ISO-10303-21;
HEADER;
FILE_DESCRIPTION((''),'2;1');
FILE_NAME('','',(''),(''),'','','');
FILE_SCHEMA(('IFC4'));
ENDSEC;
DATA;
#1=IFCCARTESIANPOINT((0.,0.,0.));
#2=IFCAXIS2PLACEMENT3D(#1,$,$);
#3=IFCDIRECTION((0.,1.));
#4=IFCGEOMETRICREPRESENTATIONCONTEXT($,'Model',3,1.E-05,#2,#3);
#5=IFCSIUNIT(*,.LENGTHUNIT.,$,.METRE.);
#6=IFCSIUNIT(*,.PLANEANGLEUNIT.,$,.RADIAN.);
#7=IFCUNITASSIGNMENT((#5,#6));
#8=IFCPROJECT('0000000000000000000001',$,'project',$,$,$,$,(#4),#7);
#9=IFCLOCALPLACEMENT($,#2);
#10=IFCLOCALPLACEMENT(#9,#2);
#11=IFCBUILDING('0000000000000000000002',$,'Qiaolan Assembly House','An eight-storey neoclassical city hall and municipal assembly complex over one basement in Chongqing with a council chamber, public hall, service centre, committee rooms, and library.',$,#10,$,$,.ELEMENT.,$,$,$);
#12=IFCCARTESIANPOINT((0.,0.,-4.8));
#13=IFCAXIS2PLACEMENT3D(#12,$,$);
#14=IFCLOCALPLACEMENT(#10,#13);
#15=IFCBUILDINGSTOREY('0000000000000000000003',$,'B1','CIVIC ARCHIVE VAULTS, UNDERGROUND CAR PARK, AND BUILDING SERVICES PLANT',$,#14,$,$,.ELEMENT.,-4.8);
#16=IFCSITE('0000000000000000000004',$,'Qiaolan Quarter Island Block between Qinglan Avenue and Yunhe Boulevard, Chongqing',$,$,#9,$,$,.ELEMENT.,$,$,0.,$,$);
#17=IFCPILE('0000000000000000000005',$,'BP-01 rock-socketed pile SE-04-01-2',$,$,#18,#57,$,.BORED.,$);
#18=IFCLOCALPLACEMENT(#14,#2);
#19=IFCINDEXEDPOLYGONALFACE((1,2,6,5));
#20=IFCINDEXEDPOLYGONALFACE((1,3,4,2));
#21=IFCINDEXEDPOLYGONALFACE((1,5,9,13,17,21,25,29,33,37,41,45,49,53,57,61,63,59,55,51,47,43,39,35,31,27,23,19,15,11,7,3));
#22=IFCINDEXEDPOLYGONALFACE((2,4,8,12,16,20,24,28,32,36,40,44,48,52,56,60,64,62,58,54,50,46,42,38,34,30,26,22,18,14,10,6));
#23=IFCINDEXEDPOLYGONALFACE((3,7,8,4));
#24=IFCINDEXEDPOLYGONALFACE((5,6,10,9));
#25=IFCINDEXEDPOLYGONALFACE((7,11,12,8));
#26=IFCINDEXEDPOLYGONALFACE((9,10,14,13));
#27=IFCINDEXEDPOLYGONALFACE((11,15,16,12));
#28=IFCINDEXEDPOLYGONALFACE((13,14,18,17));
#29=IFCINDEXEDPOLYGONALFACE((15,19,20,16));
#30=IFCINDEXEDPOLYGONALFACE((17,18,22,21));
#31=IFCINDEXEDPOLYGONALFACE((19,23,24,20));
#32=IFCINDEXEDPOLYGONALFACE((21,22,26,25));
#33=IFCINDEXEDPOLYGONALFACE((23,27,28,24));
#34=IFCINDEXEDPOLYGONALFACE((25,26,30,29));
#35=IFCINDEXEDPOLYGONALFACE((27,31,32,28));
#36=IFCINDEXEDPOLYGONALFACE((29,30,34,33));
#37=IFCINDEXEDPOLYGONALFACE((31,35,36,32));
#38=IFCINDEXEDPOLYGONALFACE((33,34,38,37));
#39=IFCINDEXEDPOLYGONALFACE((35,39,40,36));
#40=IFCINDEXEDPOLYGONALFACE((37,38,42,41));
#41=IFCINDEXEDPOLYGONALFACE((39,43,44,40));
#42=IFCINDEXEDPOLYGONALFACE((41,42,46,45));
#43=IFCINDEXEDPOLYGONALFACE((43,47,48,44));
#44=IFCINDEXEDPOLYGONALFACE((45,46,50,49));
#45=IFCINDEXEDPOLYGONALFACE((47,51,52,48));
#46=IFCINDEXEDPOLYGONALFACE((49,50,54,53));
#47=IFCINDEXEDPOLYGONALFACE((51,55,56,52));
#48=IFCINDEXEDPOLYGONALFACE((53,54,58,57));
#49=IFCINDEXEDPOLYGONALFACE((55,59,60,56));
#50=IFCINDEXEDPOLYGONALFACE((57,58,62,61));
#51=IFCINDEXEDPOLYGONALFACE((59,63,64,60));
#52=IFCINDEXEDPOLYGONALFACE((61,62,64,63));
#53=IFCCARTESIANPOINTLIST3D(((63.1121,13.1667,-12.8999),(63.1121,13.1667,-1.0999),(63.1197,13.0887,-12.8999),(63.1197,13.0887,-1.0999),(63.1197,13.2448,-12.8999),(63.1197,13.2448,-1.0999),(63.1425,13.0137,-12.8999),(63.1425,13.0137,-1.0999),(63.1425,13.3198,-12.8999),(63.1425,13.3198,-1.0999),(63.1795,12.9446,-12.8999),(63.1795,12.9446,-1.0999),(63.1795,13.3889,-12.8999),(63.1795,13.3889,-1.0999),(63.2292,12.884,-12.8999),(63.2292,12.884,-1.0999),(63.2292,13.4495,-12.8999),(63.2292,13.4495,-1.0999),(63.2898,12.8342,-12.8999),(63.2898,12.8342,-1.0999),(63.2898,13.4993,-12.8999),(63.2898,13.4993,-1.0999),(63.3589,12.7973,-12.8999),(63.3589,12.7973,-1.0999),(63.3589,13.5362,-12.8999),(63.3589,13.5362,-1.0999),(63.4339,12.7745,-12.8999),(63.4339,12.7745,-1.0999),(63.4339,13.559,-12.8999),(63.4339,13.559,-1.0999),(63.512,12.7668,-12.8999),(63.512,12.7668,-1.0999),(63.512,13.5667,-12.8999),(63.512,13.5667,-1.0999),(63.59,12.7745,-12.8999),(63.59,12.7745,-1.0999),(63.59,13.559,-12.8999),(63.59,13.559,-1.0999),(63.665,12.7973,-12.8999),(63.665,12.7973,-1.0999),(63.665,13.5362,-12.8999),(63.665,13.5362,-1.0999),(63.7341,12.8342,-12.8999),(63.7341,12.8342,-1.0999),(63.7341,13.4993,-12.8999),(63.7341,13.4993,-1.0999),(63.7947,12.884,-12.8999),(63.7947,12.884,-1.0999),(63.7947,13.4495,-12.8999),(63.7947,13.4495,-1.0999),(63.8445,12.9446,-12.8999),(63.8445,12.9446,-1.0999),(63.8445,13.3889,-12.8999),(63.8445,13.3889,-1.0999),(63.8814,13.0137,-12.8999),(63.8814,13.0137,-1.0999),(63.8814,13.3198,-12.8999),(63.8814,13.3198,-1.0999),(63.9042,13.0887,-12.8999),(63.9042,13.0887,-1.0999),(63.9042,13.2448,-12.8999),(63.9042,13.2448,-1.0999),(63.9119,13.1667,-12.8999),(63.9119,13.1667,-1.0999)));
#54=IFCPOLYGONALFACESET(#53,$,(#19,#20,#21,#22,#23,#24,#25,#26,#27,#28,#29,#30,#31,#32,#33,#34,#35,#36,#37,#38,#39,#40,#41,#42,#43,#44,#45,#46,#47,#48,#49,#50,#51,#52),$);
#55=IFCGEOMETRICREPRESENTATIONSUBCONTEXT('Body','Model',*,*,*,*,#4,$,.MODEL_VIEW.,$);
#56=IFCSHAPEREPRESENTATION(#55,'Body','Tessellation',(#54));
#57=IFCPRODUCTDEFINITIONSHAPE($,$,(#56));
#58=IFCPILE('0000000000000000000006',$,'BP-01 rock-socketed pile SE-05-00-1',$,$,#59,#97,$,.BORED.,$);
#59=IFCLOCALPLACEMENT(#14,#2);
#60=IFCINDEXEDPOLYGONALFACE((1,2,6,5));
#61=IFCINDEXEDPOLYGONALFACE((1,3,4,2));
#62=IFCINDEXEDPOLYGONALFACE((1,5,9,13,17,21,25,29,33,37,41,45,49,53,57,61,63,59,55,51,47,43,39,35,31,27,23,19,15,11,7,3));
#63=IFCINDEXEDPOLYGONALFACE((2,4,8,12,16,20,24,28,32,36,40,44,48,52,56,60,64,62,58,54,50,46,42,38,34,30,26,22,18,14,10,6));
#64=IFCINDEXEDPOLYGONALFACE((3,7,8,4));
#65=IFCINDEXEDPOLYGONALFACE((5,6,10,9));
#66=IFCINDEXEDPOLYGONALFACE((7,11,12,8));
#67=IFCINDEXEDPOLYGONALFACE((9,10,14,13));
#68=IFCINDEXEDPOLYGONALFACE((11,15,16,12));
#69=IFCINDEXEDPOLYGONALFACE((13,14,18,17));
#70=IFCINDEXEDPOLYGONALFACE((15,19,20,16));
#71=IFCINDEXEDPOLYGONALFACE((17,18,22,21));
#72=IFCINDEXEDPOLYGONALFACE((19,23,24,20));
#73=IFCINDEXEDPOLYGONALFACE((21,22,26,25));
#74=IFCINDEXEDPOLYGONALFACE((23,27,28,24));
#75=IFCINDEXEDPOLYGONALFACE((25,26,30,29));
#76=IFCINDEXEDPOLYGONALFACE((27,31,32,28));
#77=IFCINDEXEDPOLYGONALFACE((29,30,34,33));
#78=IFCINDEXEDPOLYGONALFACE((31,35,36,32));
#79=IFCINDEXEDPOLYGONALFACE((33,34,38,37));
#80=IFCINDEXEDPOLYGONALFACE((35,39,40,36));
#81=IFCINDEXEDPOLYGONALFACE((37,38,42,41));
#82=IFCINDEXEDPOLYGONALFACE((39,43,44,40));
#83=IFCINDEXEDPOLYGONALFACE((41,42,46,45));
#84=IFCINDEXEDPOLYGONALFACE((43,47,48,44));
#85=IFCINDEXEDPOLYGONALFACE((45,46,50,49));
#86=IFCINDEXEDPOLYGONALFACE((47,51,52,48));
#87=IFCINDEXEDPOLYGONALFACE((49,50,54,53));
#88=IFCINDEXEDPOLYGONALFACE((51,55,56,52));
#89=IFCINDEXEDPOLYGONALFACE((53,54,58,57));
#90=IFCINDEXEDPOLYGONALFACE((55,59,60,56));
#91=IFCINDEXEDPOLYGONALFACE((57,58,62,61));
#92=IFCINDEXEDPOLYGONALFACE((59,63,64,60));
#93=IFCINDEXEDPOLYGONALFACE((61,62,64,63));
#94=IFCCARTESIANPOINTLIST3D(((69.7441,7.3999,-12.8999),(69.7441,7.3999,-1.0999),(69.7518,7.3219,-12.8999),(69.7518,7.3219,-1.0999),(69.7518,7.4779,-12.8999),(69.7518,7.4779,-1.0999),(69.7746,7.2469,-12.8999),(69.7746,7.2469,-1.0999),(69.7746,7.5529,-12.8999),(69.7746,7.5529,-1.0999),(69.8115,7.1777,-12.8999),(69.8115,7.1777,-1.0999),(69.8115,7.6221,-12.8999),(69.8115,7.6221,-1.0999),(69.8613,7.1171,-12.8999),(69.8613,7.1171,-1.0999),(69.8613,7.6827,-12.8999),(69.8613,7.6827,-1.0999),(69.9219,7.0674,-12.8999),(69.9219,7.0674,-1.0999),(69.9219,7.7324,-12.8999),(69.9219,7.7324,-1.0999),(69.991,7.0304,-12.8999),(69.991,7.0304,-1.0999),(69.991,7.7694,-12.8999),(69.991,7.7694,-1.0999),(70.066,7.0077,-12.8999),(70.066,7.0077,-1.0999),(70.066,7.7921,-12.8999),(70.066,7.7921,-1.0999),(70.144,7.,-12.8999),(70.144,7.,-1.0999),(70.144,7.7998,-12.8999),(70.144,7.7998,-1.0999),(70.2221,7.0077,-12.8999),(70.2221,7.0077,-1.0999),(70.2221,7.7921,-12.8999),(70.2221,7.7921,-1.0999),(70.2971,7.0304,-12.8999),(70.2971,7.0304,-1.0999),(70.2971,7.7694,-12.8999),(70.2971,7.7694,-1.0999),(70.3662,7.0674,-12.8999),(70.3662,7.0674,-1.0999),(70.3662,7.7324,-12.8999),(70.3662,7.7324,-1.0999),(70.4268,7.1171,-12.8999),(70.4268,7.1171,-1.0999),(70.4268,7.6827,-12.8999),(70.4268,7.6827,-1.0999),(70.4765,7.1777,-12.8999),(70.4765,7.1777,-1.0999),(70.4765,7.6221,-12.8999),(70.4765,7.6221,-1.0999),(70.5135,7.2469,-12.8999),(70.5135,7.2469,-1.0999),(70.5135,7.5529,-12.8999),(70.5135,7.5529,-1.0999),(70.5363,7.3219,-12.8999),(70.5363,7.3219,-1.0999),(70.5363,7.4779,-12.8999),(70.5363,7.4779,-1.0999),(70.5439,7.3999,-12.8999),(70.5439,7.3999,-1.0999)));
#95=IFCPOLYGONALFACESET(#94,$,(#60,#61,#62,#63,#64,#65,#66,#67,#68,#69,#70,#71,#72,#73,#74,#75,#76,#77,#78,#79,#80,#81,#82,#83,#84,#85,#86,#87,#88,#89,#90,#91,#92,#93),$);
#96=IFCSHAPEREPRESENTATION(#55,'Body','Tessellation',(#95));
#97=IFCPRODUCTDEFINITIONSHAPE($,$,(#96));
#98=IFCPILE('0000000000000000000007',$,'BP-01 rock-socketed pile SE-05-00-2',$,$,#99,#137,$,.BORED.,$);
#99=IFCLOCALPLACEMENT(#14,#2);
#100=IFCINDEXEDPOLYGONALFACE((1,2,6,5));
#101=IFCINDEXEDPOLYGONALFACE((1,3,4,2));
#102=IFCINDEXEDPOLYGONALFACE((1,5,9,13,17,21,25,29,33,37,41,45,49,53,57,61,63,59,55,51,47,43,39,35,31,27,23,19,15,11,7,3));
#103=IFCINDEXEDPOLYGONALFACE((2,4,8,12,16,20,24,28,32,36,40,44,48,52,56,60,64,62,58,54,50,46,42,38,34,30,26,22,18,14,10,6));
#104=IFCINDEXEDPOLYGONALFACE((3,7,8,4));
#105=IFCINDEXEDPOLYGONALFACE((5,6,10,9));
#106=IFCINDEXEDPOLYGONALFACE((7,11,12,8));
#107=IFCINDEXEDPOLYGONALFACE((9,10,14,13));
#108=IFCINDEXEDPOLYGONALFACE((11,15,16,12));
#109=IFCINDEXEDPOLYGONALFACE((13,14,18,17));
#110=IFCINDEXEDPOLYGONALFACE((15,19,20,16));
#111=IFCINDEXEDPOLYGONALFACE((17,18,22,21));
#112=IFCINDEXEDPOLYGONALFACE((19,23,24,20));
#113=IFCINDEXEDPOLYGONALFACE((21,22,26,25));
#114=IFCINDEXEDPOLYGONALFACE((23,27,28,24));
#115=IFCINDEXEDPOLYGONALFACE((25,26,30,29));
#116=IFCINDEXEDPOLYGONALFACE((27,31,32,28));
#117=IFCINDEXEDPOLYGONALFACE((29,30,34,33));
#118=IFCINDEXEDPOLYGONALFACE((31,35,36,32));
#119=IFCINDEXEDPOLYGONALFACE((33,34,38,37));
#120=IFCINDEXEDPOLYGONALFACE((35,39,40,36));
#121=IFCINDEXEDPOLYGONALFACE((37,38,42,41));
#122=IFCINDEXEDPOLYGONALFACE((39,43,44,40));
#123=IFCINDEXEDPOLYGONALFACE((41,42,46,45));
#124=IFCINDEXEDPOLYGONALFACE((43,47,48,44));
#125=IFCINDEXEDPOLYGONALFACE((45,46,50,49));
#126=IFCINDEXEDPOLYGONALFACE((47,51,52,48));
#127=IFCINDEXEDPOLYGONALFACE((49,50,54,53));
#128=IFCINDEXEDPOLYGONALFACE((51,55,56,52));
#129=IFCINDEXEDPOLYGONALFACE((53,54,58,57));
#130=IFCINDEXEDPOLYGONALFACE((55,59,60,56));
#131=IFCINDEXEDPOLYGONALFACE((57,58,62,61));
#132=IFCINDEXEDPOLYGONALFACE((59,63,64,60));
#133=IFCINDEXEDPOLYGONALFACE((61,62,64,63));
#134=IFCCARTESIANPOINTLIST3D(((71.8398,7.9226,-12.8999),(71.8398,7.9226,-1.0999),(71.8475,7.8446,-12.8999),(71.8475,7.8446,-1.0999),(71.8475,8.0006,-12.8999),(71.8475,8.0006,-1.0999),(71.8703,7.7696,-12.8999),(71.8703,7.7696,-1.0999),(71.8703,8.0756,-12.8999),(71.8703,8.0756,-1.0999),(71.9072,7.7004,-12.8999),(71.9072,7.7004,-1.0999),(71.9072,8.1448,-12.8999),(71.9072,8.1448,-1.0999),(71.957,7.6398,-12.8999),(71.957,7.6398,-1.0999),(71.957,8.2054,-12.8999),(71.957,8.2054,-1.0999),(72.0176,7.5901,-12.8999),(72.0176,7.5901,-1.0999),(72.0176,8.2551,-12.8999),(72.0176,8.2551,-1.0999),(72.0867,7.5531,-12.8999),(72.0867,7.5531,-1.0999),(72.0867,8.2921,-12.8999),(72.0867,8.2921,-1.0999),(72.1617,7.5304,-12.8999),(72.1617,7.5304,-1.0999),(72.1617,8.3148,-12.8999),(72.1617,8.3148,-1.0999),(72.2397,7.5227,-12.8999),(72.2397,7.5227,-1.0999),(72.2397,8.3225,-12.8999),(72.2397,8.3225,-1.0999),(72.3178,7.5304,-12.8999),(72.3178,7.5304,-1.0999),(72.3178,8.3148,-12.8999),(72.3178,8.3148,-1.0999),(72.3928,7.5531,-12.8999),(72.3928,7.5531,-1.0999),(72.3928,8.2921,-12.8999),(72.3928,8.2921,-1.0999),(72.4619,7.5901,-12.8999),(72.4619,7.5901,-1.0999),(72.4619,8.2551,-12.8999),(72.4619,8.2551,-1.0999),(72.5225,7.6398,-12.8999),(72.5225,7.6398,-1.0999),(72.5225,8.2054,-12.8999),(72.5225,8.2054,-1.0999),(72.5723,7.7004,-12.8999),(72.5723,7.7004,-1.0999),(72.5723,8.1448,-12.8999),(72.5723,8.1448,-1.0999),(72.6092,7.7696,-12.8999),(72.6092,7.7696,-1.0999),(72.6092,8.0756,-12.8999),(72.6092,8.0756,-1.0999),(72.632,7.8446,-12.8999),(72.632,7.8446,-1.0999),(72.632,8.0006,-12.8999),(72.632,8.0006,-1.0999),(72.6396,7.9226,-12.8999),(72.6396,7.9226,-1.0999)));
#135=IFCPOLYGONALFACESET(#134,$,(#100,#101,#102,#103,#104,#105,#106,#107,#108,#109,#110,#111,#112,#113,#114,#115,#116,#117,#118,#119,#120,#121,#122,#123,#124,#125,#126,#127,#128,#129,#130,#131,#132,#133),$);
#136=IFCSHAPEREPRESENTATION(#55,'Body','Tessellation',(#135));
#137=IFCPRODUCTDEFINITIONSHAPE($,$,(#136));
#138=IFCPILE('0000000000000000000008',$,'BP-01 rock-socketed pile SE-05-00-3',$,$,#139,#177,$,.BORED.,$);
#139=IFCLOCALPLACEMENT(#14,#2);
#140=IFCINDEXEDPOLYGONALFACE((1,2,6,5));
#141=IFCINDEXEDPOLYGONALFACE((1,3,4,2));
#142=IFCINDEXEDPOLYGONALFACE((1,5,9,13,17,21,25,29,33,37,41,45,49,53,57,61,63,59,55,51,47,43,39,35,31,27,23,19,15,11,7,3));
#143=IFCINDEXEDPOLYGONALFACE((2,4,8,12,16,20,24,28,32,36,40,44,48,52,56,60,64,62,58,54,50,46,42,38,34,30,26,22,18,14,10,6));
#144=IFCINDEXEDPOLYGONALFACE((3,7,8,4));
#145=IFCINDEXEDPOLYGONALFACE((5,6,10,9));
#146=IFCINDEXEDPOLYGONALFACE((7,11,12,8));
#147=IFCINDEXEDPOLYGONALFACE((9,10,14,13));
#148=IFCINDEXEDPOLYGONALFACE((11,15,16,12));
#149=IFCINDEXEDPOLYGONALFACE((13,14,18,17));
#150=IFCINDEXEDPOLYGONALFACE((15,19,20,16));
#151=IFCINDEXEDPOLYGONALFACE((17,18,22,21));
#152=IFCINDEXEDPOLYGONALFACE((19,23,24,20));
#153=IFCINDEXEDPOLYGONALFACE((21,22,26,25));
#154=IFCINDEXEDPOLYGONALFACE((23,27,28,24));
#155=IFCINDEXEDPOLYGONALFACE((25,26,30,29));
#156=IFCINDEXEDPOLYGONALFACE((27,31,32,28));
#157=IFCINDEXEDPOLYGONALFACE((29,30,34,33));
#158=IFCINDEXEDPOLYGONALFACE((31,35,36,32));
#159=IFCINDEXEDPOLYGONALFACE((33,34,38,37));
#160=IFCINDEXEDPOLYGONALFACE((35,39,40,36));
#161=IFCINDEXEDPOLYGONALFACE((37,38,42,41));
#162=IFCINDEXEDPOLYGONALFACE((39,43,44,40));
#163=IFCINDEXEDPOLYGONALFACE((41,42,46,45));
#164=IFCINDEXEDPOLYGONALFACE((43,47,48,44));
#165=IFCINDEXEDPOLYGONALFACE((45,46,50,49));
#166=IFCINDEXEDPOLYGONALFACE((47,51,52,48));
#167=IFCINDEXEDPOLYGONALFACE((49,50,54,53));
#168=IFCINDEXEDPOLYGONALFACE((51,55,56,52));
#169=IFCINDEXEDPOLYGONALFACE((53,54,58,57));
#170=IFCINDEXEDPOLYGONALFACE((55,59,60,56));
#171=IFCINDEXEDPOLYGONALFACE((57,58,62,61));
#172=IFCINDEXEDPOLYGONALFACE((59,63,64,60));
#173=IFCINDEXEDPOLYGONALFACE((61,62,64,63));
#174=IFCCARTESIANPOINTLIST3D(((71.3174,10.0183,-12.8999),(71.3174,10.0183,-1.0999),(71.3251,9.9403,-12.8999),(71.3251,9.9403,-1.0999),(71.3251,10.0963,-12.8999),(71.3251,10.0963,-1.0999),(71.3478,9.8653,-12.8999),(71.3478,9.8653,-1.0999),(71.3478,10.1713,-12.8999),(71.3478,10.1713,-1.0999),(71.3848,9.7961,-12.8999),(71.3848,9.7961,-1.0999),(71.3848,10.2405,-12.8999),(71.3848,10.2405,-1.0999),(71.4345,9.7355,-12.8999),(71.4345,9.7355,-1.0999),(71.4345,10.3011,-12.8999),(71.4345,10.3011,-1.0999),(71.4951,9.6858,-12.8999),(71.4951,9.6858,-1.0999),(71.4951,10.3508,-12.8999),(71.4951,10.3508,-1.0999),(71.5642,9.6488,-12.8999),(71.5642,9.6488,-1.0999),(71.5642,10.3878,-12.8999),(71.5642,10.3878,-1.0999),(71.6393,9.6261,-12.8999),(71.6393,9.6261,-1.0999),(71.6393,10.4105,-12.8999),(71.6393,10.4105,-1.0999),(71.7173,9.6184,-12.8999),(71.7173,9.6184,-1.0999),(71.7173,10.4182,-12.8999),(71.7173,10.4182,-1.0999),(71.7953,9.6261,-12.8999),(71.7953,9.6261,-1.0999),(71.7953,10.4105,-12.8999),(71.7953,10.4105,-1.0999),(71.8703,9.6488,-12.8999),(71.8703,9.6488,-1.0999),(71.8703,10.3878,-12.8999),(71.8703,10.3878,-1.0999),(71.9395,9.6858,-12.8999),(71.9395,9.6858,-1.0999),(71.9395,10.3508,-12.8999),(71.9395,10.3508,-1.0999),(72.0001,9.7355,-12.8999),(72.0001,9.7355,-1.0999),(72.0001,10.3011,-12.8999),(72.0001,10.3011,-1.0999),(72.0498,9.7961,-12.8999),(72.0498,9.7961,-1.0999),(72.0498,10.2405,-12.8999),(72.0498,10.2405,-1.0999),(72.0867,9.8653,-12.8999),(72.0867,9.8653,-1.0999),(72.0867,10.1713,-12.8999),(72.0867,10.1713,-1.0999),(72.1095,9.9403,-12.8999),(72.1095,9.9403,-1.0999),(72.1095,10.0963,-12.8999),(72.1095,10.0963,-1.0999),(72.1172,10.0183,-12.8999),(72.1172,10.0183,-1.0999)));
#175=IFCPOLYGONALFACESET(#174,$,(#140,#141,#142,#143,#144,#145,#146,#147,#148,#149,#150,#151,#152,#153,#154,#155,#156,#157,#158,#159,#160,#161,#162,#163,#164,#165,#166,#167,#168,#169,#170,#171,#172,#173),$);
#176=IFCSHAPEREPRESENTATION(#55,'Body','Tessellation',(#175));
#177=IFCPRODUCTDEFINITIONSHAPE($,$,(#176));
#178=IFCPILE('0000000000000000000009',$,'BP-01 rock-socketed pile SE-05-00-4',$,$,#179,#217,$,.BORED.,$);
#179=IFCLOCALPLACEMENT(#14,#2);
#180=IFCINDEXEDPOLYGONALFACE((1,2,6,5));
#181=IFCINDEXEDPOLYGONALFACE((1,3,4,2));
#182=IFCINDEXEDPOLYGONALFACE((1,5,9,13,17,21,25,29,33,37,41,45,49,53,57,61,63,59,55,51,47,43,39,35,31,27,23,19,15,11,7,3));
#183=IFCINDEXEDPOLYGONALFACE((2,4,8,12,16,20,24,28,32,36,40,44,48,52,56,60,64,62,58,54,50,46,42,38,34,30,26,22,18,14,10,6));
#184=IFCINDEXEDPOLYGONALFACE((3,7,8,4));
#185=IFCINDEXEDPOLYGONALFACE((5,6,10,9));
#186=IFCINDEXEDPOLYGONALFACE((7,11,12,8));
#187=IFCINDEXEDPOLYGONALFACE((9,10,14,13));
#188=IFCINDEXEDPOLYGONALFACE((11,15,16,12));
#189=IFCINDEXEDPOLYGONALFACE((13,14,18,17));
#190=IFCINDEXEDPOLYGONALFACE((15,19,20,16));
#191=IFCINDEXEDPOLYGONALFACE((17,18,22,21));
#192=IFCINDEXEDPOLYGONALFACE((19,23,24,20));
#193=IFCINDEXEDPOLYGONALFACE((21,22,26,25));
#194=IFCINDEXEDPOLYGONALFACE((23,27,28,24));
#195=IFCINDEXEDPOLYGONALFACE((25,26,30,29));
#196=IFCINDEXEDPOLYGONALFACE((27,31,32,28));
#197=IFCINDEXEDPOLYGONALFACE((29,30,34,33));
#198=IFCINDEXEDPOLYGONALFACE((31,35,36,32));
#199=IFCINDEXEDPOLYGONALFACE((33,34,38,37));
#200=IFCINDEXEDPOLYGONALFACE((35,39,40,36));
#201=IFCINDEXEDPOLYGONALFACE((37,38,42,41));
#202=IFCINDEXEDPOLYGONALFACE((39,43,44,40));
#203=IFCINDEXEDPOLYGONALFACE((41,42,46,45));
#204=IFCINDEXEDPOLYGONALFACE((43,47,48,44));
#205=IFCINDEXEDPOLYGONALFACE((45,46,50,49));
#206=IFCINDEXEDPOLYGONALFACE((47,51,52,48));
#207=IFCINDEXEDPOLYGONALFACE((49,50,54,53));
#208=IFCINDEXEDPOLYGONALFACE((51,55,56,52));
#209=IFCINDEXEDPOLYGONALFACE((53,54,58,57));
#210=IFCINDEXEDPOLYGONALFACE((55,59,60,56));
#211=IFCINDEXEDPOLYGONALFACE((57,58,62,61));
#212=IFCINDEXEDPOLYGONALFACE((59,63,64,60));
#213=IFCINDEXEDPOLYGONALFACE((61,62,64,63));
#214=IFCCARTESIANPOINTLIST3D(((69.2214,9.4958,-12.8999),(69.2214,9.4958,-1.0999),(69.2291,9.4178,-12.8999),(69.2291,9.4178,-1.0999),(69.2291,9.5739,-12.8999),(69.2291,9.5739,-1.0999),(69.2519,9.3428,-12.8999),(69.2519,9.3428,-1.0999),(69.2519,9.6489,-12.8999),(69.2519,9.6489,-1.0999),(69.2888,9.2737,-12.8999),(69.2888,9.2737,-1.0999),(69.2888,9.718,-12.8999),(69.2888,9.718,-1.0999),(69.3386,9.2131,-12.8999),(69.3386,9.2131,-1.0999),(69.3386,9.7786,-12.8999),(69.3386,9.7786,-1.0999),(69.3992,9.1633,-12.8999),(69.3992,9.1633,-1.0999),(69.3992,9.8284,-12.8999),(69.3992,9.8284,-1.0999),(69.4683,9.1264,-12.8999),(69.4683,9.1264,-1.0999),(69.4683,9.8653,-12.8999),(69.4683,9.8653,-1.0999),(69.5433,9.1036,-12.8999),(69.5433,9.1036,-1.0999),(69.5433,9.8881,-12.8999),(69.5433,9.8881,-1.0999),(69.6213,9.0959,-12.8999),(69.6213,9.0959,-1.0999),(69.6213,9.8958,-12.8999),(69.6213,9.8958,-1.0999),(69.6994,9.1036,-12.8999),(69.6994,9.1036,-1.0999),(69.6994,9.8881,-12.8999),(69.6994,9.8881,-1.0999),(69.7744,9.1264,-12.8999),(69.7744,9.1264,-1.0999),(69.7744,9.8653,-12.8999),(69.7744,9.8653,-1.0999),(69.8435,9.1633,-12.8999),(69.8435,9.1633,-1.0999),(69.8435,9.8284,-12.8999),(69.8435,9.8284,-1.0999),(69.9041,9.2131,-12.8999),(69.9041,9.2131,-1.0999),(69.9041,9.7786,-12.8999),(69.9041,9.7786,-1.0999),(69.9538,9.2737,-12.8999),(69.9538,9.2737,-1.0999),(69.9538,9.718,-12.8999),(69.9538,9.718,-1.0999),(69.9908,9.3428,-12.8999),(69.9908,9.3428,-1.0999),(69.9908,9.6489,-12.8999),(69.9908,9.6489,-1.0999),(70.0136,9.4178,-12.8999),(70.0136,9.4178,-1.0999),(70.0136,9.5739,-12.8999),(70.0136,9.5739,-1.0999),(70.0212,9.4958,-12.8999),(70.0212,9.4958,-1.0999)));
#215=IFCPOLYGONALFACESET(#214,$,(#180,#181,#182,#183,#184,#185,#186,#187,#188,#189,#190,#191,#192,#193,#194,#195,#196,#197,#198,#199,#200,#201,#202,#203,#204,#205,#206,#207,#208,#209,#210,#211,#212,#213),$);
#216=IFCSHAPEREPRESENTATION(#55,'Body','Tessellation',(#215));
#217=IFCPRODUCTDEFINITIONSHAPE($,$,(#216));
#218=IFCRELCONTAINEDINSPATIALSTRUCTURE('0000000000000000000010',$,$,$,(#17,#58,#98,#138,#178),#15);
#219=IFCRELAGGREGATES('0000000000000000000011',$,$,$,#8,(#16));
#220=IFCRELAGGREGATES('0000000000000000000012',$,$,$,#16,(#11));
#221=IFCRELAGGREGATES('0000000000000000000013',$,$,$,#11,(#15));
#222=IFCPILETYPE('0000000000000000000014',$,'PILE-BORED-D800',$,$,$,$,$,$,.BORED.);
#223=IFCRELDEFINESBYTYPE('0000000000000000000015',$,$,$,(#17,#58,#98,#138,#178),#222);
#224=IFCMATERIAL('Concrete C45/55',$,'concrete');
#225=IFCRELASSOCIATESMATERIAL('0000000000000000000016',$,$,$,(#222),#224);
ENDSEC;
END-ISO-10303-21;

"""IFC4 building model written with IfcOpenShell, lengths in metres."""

from ifc_helpers import new_model, si_unit, direction, frame, origin, origin_2d, place, context, subcontext, project, spatial, circle, extrude, material, material_profile, profile_set, type_object, element, save


model = new_model("IFC4")

# Units and contexts
model_context = context("Model", 3, precision=1e-05, world=origin(), true_north=direction((0.0, 1.0)))
body_context = subcontext(model_context, "Body", "Model", "MODEL_VIEW")
ifc_project = project(units=[si_unit("LENGTHUNIT", "METRE"), si_unit("PLANEANGLEUNIT", "RADIAN")], contexts=[model_context])

# Site, building, storey
site_placement = place(None, origin())
site = spatial("IfcSite", under=ifc_project, at=site_placement, Name="Qiaolan Quarter Island Block between Qinglan Avenue and Yunhe Boulevard, Chongqing", CompositionType="ELEMENT", RefElevation=0.0)
building_placement = place(site_placement, origin())
building = spatial("IfcBuilding", under=site, at=building_placement, Name="Qiaolan Assembly House", Description="An eight-storey neoclassical city hall and municipal assembly complex over one basement in Chongqing with a council chamber, public hall, service centre, committee rooms, and library.", CompositionType="ELEMENT")
storey_placement = place(building_placement, frame((0.0, 0.0, -4.8)))
storey = spatial("IfcBuildingStorey", under=building, at=storey_placement, Name="B1", Description="CIVIC ARCHIVE VAULTS, UNDERGROUND CAR PARK, AND BUILDING SERVICES PLANT", CompositionType="ELEMENT", Elevation=-4.8)

# Piles
ifc_material_1 = material(Name="Concrete C45/55", Category="concrete")
ifc_material_profile_1 = material_profile(ifc_material_1, circle(Radius=0.3999, at=origin_2d()), Name="PILE D800")
ifc_profile_set_1 = profile_set([ifc_material_profile_1], Name="Concrete C45/55")
pile_type = type_object("IfcPileType", Name="PILE-BORED-D800", PredefinedType="BORED", material=ifc_profile_set_1)
for number, where, z_axis, x_axis, name in (
    (1, (63.512, 13.1667, -1.0999), (0.0, 0.0, -1.0), (1.0, 0.0, 0.0), "BP-01 rock-socketed pile SE-04-01-2"),
    (2, (70.144, 7.3999, -1.0999), (0.0, 0.0, -1.0), (1.0, 0.0, 0.0), "BP-01 rock-socketed pile SE-05-00-1"),
    (3, (72.2397, 7.9226, -1.0999), (0.0, 0.0, -1.0), (1.0, 0.0, 0.0), "BP-01 rock-socketed pile SE-05-00-2"),
    (4, (71.7173, 10.0183, -1.0999), (0.0, 0.0, -1.0), (1.0, 0.0, 0.0), "BP-01 rock-socketed pile SE-05-00-3"),
    (5, (69.6213, 9.4958, -1.0999), (0.0, 0.0, -1.0), (1.0, 0.0, 0.0), "BP-01 rock-socketed pile SE-05-00-4"),
):
    element("IfcPile", number, at=place(storey_placement, frame(where, z_axis=z_axis, x_axis=x_axis)), inside=storey, type_object=pile_type, Name=name, PredefinedType="BORED", context=body_context, shape_type="SweptSolid", body=[
        extrude(circle(Radius=0.3999, at=origin_2d()), origin(), (0.0, 0.0, 1.0), 11.8),
    ])

save(model, "model.ifc")
